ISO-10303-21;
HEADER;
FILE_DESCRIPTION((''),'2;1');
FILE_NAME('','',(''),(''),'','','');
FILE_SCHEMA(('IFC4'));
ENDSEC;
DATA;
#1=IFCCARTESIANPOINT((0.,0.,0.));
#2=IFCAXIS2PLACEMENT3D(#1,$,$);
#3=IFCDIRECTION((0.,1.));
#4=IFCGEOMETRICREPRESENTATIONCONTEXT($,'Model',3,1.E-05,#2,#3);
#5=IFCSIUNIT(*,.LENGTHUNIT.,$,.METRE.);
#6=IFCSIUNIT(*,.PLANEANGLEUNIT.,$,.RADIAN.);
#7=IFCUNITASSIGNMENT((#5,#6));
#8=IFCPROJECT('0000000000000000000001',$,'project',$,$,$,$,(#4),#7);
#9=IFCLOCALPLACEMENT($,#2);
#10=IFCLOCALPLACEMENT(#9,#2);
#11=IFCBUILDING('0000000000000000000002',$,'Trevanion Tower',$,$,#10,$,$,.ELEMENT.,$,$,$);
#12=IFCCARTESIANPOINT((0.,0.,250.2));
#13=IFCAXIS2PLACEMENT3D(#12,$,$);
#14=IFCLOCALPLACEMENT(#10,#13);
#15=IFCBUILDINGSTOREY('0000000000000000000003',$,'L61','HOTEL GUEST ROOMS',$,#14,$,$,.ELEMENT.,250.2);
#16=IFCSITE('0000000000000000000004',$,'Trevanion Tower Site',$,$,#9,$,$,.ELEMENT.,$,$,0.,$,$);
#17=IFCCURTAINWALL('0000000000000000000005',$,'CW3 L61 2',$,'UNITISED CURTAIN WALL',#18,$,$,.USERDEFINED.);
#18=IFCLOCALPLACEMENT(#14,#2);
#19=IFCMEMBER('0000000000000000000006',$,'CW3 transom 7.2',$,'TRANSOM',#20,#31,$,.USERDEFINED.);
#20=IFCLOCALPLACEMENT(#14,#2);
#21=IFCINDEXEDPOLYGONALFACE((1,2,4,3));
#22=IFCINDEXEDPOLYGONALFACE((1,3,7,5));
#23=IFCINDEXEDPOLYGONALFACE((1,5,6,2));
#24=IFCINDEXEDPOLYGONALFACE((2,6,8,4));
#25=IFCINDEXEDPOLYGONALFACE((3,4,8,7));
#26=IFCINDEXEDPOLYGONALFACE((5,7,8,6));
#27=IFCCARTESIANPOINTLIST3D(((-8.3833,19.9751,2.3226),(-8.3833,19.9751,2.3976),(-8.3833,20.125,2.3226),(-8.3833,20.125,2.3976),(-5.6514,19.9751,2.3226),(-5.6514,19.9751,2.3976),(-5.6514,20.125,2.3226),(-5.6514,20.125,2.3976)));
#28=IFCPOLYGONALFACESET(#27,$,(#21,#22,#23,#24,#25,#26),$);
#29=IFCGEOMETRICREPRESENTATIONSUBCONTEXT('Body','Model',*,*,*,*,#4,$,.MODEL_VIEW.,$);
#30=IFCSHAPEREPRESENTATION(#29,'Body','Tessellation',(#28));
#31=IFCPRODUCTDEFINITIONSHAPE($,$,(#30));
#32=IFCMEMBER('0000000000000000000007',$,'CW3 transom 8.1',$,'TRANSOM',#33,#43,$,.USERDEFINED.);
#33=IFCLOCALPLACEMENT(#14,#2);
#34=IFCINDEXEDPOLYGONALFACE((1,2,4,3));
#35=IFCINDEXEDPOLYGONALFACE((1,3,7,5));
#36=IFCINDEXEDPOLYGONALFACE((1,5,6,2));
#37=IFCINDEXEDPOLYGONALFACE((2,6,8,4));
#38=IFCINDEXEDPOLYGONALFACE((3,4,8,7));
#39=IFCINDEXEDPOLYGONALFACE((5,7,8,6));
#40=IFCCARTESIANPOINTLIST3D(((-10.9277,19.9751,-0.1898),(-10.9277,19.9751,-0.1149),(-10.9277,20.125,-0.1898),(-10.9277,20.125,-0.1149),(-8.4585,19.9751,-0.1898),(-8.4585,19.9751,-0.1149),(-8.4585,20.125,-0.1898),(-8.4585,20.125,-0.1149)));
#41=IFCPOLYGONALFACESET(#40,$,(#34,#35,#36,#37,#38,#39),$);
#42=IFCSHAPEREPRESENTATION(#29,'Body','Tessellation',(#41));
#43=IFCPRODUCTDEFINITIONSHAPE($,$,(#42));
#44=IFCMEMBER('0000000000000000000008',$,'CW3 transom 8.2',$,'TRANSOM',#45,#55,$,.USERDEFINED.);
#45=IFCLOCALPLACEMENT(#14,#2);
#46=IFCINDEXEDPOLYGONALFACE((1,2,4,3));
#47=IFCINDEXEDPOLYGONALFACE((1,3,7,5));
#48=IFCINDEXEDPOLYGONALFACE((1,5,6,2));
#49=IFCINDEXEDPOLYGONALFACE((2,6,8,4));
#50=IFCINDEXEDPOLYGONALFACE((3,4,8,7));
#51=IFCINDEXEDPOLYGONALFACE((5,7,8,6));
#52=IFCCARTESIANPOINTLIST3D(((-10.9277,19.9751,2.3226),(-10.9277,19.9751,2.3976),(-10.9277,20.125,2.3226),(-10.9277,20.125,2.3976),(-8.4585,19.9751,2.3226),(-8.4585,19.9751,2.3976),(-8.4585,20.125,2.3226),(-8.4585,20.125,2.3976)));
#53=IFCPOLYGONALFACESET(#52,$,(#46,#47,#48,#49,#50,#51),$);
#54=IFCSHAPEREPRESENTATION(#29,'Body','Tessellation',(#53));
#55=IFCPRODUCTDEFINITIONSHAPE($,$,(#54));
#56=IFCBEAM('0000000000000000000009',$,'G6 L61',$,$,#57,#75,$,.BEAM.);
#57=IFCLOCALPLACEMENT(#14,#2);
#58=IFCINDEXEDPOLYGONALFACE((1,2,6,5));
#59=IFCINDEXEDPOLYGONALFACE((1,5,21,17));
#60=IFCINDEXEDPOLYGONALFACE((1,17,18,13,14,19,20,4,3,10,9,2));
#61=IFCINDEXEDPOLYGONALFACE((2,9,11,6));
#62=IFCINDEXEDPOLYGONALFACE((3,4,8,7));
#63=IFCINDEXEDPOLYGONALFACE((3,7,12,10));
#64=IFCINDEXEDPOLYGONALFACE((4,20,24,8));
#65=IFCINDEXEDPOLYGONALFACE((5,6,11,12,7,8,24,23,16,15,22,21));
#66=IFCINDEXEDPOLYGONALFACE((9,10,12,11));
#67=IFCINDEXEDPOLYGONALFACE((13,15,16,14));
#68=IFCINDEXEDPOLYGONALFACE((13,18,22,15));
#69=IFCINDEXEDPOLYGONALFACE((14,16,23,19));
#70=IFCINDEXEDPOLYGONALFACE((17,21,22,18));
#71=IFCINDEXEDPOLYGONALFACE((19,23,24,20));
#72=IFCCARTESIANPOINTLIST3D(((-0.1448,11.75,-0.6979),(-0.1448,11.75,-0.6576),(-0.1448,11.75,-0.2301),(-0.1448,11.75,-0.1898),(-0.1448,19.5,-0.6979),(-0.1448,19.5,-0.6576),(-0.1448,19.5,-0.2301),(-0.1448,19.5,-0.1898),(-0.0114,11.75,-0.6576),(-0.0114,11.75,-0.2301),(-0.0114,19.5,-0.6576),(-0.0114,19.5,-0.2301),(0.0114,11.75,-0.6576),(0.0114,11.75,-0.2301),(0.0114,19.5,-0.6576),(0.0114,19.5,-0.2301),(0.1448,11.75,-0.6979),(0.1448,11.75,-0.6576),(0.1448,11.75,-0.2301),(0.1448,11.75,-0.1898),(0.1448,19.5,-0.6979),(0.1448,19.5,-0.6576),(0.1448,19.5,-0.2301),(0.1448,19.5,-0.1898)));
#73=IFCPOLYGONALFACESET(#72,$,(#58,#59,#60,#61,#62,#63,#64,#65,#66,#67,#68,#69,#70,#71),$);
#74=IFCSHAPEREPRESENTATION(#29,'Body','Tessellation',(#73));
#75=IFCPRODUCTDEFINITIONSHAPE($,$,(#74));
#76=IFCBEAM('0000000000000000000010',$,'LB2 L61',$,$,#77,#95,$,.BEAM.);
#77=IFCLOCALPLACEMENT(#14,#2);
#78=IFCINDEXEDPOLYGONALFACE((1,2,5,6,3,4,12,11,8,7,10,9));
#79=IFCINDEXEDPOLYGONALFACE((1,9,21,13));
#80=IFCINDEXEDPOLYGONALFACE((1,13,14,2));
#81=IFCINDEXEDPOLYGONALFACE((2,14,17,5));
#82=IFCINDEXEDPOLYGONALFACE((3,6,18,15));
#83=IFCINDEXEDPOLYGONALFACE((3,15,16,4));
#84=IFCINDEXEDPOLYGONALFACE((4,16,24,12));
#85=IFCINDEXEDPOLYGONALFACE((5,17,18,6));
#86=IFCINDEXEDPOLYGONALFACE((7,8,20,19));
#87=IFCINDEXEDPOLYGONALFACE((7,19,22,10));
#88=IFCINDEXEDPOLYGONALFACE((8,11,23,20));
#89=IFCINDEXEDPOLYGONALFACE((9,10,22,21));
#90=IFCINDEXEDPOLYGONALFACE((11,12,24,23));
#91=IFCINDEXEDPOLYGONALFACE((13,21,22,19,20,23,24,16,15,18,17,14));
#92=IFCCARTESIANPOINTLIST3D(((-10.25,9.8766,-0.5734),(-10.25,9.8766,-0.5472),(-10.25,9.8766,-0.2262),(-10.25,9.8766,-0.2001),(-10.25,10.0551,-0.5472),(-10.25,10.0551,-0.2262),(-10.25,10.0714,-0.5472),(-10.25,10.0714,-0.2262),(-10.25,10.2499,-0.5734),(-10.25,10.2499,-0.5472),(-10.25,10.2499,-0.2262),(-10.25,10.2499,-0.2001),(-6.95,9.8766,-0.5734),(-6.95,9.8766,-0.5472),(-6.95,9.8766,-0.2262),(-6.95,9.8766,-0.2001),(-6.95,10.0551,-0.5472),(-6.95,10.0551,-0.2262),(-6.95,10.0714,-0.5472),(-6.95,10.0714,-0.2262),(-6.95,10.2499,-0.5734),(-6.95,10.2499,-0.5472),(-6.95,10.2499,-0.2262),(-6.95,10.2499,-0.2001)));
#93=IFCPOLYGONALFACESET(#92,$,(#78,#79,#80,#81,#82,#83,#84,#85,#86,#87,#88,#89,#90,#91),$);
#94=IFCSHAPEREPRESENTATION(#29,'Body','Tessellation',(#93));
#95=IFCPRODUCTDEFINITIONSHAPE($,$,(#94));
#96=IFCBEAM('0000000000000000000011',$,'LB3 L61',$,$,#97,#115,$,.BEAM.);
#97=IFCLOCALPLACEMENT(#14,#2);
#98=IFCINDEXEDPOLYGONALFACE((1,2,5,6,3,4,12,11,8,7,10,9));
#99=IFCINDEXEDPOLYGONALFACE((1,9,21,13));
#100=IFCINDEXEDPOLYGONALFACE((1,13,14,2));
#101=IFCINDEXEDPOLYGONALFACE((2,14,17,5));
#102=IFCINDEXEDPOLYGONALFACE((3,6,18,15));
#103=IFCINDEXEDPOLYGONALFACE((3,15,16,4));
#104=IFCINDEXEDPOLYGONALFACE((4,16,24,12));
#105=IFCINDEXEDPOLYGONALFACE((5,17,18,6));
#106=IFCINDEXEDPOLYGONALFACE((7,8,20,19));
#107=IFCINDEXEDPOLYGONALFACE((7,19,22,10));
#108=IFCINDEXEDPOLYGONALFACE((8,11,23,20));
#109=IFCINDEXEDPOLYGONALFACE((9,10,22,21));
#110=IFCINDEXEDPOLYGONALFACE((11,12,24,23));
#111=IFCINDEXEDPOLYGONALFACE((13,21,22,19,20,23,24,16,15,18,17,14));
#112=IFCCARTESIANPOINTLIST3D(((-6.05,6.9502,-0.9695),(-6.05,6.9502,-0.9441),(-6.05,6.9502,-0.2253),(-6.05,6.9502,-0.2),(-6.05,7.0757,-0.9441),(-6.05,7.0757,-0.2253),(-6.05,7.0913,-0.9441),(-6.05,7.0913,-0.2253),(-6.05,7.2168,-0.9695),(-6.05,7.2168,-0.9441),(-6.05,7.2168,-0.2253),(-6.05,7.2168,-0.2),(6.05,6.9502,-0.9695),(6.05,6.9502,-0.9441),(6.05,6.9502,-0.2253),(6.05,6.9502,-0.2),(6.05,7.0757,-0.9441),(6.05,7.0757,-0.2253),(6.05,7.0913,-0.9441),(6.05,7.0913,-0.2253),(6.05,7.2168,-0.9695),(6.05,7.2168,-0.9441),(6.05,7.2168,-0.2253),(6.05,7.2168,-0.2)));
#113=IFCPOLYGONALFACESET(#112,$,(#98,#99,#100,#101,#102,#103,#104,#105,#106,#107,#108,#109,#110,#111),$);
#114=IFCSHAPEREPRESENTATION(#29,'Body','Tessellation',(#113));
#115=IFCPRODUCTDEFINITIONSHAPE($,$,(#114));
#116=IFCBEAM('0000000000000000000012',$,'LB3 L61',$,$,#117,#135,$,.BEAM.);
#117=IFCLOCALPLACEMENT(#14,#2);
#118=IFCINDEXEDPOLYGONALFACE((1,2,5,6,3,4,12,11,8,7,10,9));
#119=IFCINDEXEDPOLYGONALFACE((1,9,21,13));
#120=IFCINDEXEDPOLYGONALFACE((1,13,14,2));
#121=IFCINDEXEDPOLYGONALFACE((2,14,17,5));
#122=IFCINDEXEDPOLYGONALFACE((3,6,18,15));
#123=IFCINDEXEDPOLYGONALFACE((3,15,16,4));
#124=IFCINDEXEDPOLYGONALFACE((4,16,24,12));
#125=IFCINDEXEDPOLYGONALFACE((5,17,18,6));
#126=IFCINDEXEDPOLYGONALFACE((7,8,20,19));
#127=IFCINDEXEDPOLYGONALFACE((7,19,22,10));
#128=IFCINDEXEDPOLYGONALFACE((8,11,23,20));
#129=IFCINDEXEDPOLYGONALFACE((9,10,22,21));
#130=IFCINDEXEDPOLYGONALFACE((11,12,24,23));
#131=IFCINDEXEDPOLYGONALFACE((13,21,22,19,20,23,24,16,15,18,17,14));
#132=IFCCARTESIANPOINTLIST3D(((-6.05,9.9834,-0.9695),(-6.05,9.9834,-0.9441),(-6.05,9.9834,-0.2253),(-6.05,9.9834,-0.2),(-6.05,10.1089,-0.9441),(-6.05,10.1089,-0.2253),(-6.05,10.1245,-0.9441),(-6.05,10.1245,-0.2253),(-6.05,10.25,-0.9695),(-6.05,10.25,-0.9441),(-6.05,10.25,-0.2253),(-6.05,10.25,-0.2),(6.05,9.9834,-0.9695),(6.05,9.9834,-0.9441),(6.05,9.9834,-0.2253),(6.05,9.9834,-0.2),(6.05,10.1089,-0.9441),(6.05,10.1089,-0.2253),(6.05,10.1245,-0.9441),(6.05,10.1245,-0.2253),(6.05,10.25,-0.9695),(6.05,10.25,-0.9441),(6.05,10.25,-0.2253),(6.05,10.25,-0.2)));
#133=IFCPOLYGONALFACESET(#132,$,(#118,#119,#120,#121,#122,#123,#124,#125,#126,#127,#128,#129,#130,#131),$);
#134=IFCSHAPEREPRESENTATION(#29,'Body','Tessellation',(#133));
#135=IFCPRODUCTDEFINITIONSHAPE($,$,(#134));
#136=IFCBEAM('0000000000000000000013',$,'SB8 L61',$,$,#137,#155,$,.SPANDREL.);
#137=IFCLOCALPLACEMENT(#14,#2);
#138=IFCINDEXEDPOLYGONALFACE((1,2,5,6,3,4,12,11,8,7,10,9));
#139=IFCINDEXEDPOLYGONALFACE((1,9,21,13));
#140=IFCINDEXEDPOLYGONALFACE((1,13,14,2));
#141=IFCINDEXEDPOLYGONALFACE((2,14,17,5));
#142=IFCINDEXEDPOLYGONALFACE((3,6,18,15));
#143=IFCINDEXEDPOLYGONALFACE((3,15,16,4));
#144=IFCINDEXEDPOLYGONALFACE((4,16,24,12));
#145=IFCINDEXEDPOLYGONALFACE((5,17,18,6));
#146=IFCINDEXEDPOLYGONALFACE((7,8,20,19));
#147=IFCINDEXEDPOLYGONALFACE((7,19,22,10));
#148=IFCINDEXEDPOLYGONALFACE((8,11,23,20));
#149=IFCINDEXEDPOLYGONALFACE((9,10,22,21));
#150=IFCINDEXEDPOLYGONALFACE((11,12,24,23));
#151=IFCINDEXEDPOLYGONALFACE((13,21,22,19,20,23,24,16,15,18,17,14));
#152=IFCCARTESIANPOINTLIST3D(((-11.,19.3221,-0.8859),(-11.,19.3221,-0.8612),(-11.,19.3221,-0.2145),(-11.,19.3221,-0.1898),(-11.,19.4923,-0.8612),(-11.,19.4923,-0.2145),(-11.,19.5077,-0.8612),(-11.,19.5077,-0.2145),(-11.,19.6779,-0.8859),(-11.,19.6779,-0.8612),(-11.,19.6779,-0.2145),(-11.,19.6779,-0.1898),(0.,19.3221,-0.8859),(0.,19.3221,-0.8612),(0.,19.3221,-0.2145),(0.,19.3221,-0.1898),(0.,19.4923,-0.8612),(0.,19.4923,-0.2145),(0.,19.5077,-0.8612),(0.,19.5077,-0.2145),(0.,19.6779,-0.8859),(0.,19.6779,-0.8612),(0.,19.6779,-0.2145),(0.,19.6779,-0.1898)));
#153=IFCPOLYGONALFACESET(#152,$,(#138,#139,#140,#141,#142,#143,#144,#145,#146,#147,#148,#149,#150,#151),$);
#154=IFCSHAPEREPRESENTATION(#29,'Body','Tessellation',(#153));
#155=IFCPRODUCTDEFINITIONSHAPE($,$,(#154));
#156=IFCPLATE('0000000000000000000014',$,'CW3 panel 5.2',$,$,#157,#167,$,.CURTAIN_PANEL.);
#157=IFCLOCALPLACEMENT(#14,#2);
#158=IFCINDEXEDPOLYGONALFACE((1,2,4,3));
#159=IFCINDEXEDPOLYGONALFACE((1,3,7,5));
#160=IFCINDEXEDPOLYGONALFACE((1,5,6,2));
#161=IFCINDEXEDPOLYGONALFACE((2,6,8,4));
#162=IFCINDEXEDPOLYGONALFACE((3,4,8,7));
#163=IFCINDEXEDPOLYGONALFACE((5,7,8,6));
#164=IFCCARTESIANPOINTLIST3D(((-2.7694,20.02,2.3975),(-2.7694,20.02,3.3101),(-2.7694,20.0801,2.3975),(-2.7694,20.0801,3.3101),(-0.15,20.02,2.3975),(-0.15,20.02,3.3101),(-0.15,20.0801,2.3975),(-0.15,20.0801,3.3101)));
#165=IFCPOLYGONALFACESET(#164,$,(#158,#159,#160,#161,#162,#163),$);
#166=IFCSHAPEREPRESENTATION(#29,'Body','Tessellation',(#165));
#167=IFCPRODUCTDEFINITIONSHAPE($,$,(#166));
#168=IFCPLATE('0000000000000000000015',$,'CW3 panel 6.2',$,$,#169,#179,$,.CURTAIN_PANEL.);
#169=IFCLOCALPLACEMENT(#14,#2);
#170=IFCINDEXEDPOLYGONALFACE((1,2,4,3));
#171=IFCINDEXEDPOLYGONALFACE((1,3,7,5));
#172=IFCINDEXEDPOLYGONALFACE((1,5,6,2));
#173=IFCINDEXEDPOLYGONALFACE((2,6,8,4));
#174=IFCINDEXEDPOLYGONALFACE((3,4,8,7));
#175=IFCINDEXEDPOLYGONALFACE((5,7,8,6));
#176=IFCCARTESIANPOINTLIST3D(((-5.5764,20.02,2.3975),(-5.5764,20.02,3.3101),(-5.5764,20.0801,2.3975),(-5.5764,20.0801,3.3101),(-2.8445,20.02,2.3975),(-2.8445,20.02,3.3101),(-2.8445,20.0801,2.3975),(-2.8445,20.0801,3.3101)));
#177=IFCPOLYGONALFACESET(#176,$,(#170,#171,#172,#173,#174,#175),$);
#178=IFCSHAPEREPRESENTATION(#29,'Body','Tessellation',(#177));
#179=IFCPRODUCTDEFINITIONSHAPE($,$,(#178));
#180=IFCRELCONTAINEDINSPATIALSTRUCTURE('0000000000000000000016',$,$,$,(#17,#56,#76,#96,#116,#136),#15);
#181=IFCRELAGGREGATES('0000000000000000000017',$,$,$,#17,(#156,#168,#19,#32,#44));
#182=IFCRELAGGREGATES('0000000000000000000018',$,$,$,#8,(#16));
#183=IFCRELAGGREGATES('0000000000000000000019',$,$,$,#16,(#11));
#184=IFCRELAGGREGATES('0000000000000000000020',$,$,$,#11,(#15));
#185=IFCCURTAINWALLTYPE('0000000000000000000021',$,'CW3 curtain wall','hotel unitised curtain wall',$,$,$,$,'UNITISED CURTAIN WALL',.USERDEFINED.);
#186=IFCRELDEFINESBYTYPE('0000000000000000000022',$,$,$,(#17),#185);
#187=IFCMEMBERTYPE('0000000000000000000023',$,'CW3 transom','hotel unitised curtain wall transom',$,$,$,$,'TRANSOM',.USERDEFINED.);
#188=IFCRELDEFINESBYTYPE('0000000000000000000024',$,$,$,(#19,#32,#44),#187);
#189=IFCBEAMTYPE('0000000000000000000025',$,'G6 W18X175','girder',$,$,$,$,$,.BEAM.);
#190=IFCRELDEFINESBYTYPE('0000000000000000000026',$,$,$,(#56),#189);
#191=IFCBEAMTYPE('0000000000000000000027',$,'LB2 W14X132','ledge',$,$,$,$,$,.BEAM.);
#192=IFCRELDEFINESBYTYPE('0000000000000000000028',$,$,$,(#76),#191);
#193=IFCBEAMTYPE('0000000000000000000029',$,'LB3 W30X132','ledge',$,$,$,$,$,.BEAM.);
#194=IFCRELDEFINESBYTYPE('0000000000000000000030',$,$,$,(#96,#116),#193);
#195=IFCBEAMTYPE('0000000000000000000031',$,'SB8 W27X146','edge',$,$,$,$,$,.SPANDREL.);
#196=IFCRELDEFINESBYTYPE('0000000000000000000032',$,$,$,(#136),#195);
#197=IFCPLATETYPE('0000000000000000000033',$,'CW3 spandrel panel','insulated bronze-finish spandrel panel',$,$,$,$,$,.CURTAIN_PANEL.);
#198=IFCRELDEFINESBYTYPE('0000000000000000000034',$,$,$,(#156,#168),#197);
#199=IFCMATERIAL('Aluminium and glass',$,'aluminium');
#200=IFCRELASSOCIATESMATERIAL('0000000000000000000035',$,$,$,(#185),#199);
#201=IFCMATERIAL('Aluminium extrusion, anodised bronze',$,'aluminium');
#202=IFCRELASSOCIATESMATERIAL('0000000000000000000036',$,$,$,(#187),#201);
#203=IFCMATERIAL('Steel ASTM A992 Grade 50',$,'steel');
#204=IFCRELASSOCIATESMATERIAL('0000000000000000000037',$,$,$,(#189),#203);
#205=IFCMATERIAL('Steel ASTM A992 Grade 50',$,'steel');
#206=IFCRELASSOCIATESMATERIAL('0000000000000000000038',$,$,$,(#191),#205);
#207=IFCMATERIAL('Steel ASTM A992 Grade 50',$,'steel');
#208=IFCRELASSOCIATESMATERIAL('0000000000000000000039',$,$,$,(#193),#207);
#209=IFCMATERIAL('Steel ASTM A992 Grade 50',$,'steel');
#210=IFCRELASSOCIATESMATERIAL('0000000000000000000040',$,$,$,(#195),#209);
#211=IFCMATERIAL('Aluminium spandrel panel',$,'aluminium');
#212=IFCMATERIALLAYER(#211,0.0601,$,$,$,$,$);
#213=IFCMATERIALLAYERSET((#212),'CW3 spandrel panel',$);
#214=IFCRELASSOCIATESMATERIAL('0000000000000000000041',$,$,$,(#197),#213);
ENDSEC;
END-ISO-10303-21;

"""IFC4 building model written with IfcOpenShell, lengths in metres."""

from ifc_helpers import new_model, si_unit, direction, frame, origin, origin_2d, place, context, subcontext, project, spatial, rectangle, i_section, extrude, material, layer, layer_set, material_profile, profile_set, type_object, element, aggregate, save


model = new_model("IFC4")

# Units and contexts
model_context = context("Model", 3, precision=1e-05, world=origin(), true_north=direction((0.0, 1.0)))
body_context = subcontext(model_context, "Body", "Model", "MODEL_VIEW")
ifc_project = project(units=[si_unit("LENGTHUNIT", "METRE"), si_unit("PLANEANGLEUNIT", "RADIAN")], contexts=[model_context])

# Site, building, storey
site_placement = place(None, origin())
site = spatial("IfcSite", under=ifc_project, at=site_placement, Name="Trevanion Tower Site", CompositionType="ELEMENT", RefElevation=0.0)
building_placement = place(site_placement, origin())
building = spatial("IfcBuilding", under=site, at=building_placement, Name="Trevanion Tower", CompositionType="ELEMENT")
storey_placement = place(building_placement, frame((0.0, 0.0, 250.2)))
storey = spatial("IfcBuildingStorey", under=building, at=storey_placement, Name="L61", Description="HOTEL GUEST ROOMS", CompositionType="ELEMENT", Elevation=250.2)

# Curtain wall, members
ifc_material_1 = material(Name="Aluminium and glass", Category="aluminium")
curtain_wall_type = type_object("IfcCurtainWallType", Name="CW3 curtain wall", Description="hotel unitised curtain wall", ElementType="UNITISED CURTAIN WALL", PredefinedType="USERDEFINED", material=ifc_material_1)
curtain_wall_placement = place(storey_placement, origin())
curtain_wall = element("IfcCurtainWall", 1, at=curtain_wall_placement, inside=storey, type_object=curtain_wall_type, Name="CW3 L61 2", ObjectType="UNITISED CURTAIN WALL", PredefinedType="USERDEFINED")
ifc_material_2 = material(Name="Aluminium extrusion, anodised bronze", Category="aluminium")
ifc_material_profile_1 = material_profile(ifc_material_2, rectangle(XDim=0.1499, YDim=0.075, at=origin_2d()), Name="CW3 transom")
ifc_profile_set_1 = profile_set([ifc_material_profile_1], Name="Aluminium extrusion, anodised bronze")
member_type_1 = type_object("IfcMemberType", Name="CW3 transom", Description="hotel unitised curtain wall transom", ElementType="TRANSOM", PredefinedType="USERDEFINED", material=ifc_profile_set_1)
member_1_placement = place(storey_placement, frame((-5.6514, 20.05, 2.3601), z_axis=(-1.0, 0.0, 0.0), x_axis=(0.0, -1.0, 0.0)))
member_1 = element("IfcMember", 2, at=member_1_placement, type_object=member_type_1, Name="CW3 transom 7.2", ObjectType="TRANSOM", PredefinedType="USERDEFINED", context=body_context, shape_type="SweptSolid", body=[
    extrude(rectangle(XDim=0.1499, YDim=0.075, at=origin_2d()), origin(), (0.0, 0.0, 1.0), 2.7319),
])
member_2_placement = place(storey_placement, frame((-8.4585, 20.05, -0.1523), z_axis=(-1.0, 0.0, 0.0), x_axis=(0.0, -1.0, 0.0)))
member_2 = element("IfcMember", 3, at=member_2_placement, type_object=member_type_1, Name="CW3 transom 8.1", ObjectType="TRANSOM", PredefinedType="USERDEFINED", context=body_context, shape_type="SweptSolid", body=[
    extrude(rectangle(XDim=0.1499, YDim=0.075, at=origin_2d()), origin(), (0.0, 0.0, 1.0), 2.4692),
])
member_3_placement = place(storey_placement, frame((-8.4585, 20.05, 2.3601), z_axis=(-1.0, 0.0, 0.0), x_axis=(0.0, -1.0, 0.0)))
member_3 = element("IfcMember", 4, at=member_3_placement, type_object=member_type_1, Name="CW3 transom 8.2", ObjectType="TRANSOM", PredefinedType="USERDEFINED", context=body_context, shape_type="SweptSolid", body=[
    extrude(rectangle(XDim=0.1499, YDim=0.075, at=origin_2d()), origin(), (0.0, 0.0, 1.0), 2.4692),
])

# Beams
ifc_material_3 = material(Name="Steel ASTM A992 Grade 50", Category="steel")
ifc_material_profile_2 = material_profile(ifc_material_3, i_section(OverallWidth=0.2896, OverallDepth=0.5081, WebThickness=0.0227, FlangeThickness=0.0403, at=origin_2d()), Name="W18X175")
ifc_profile_set_2 = profile_set([ifc_material_profile_2], Name="Steel ASTM A992 Grade 50")
beam_type_1 = type_object("IfcBeamType", Name="G6 W18X175", Description="girder", PredefinedType="BEAM", material=ifc_profile_set_2)
beam_1_placement = place(storey_placement, frame((0.0, 11.75, -0.4438), z_axis=(0.0, 1.0, 0.0), x_axis=(-1.0, 0.0, 0.0)))
element("IfcBeam", 5, at=beam_1_placement, inside=storey, type_object=beam_type_1, Name="G6 L61", PredefinedType="BEAM", context=body_context, shape_type="SweptSolid", body=[
    extrude(i_section(OverallWidth=0.2896, OverallDepth=0.5081, WebThickness=0.0227, FlangeThickness=0.0403, at=origin_2d()), origin(), (0.0, 0.0, 1.0), 7.75),
])
ifc_material_4 = material(Name="Steel ASTM A992 Grade 50", Category="steel")
ifc_material_profile_3 = material_profile(ifc_material_4, i_section(OverallWidth=0.3733, OverallDepth=0.3733, WebThickness=0.0164, FlangeThickness=0.0261, at=origin_2d()), Name="W14X132")
ifc_profile_set_3 = profile_set([ifc_material_profile_3], Name="Steel ASTM A992 Grade 50")
beam_type_2 = type_object("IfcBeamType", Name="LB2 W14X132", Description="ledge", PredefinedType="BEAM", material=ifc_profile_set_3)
beam_2_placement = place(storey_placement, frame((-10.25, 10.0632, -0.3867), z_axis=(1.0, 0.0, 0.0), x_axis=(0.0, 1.0, 0.0)))
element("IfcBeam", 6, at=beam_2_placement, inside=storey, type_object=beam_type_2, Name="LB2 L61", PredefinedType="BEAM", context=body_context, shape_type="SweptSolid", body=[
    extrude(i_section(OverallWidth=0.3733, OverallDepth=0.3733, WebThickness=0.0164, FlangeThickness=0.0261, at=origin_2d()), origin(), (0.0, 0.0, 1.0), 3.3),
])
ifc_material_5 = material(Name="Steel ASTM A992 Grade 50", Category="steel")
ifc_material_profile_4 = material_profile(ifc_material_5, i_section(OverallWidth=0.2666, OverallDepth=0.7695, WebThickness=0.0156, FlangeThickness=0.0254, at=origin_2d()), Name="W30X132")
ifc_profile_set_4 = profile_set([ifc_material_profile_4], Name="Steel ASTM A992 Grade 50")
beam_type_3 = type_object("IfcBeamType", Name="LB3 W30X132", Description="ledge", PredefinedType="BEAM", material=ifc_profile_set_4)
for number, where, z_axis, x_axis, name in (
    (7, (-6.05, 7.0835, -0.5847), (1.0, 0.0, 0.0), (0.0, 1.0, 0.0), "LB3 L61"),
    (8, (-6.05, 10.1167, -0.5847), (1.0, 0.0, 0.0), (0.0, 1.0, 0.0), "LB3 L61"),
):
    element("IfcBeam", number, at=place(storey_placement, frame(where, z_axis=z_axis, x_axis=x_axis)), inside=storey, type_object=beam_type_3, Name=name, PredefinedType="BEAM", context=body_context, shape_type="SweptSolid", body=[
        extrude(i_section(OverallWidth=0.2666, OverallDepth=0.7695, WebThickness=0.0156, FlangeThickness=0.0254, at=origin_2d()), origin(), (0.0, 0.0, 1.0), 12.1001),
    ])
ifc_material_6 = material(Name="Steel ASTM A992 Grade 50", Category="steel")
ifc_material_profile_5 = material_profile(ifc_material_6, i_section(OverallWidth=0.3557, OverallDepth=0.696, WebThickness=0.0154, FlangeThickness=0.0247, at=origin_2d()), Name="W27X146")
ifc_profile_set_5 = profile_set([ifc_material_profile_5], Name="Steel ASTM A992 Grade 50")
beam_type_4 = type_object("IfcBeamType", Name="SB8 W27X146", Description="edge", PredefinedType="SPANDREL", material=ifc_profile_set_5)
beam_3_placement = place(storey_placement, frame((0.0, 19.5, -0.5378), z_axis=(-1.0, 0.0, 0.0), x_axis=(0.0, -1.0, 0.0)))
element("IfcBeam", 9, at=beam_3_placement, inside=storey, type_object=beam_type_4, Name="SB8 L61", PredefinedType="SPANDREL", context=body_context, shape_type="SweptSolid", body=[
    extrude(i_section(OverallWidth=0.3557, OverallDepth=0.696, WebThickness=0.0154, FlangeThickness=0.0247, at=origin_2d()), origin(), (0.0, 0.0, 1.0), 11.0),
])

# Plates
ifc_material_7 = material(Name="Aluminium spandrel panel", Category="aluminium")
ifc_layer_1 = layer(ifc_material_7, 0.0601)
ifc_layer_set_1 = layer_set([ifc_layer_1], Name="CW3 spandrel panel")
plate_type_1 = type_object("IfcPlateType", Name="CW3 spandrel panel", Description="insulated bronze-finish spandrel panel", PredefinedType="CURTAIN_PANEL", material=ifc_layer_set_1)
plate_1_placement = place(storey_placement, frame((-1.4597, 20.05, 2.3975), z_axis=(0.0, 0.0, 1.0), x_axis=(-1.0, 0.0, 0.0)))
plate_1 = element("IfcPlate", 10, at=plate_1_placement, type_object=plate_type_1, Name="CW3 panel 5.2", PredefinedType="CURTAIN_PANEL", context=body_context, shape_type="SweptSolid", body=[
    extrude(rectangle(XDim=2.6194, YDim=0.0601, at=origin_2d()), origin(), (0.0, 0.0, 1.0), 0.9126),
])
plate_2_placement = place(storey_placement, frame((-4.2104, 20.05, 2.3975), z_axis=(0.0, 0.0, 1.0), x_axis=(-1.0, 0.0, 0.0)))
plate_2 = element("IfcPlate", 11, at=plate_2_placement, type_object=plate_type_1, Name="CW3 panel 6.2", PredefinedType="CURTAIN_PANEL", context=body_context, shape_type="SweptSolid", body=[
    extrude(rectangle(XDim=2.7319, YDim=0.0601, at=origin_2d()), origin(), (0.0, 0.0, 1.0), 0.9126),
])
aggregate(curtain_wall, [plate_1, plate_2, member_1, member_2, member_3])

save(model, "model.ifc")
